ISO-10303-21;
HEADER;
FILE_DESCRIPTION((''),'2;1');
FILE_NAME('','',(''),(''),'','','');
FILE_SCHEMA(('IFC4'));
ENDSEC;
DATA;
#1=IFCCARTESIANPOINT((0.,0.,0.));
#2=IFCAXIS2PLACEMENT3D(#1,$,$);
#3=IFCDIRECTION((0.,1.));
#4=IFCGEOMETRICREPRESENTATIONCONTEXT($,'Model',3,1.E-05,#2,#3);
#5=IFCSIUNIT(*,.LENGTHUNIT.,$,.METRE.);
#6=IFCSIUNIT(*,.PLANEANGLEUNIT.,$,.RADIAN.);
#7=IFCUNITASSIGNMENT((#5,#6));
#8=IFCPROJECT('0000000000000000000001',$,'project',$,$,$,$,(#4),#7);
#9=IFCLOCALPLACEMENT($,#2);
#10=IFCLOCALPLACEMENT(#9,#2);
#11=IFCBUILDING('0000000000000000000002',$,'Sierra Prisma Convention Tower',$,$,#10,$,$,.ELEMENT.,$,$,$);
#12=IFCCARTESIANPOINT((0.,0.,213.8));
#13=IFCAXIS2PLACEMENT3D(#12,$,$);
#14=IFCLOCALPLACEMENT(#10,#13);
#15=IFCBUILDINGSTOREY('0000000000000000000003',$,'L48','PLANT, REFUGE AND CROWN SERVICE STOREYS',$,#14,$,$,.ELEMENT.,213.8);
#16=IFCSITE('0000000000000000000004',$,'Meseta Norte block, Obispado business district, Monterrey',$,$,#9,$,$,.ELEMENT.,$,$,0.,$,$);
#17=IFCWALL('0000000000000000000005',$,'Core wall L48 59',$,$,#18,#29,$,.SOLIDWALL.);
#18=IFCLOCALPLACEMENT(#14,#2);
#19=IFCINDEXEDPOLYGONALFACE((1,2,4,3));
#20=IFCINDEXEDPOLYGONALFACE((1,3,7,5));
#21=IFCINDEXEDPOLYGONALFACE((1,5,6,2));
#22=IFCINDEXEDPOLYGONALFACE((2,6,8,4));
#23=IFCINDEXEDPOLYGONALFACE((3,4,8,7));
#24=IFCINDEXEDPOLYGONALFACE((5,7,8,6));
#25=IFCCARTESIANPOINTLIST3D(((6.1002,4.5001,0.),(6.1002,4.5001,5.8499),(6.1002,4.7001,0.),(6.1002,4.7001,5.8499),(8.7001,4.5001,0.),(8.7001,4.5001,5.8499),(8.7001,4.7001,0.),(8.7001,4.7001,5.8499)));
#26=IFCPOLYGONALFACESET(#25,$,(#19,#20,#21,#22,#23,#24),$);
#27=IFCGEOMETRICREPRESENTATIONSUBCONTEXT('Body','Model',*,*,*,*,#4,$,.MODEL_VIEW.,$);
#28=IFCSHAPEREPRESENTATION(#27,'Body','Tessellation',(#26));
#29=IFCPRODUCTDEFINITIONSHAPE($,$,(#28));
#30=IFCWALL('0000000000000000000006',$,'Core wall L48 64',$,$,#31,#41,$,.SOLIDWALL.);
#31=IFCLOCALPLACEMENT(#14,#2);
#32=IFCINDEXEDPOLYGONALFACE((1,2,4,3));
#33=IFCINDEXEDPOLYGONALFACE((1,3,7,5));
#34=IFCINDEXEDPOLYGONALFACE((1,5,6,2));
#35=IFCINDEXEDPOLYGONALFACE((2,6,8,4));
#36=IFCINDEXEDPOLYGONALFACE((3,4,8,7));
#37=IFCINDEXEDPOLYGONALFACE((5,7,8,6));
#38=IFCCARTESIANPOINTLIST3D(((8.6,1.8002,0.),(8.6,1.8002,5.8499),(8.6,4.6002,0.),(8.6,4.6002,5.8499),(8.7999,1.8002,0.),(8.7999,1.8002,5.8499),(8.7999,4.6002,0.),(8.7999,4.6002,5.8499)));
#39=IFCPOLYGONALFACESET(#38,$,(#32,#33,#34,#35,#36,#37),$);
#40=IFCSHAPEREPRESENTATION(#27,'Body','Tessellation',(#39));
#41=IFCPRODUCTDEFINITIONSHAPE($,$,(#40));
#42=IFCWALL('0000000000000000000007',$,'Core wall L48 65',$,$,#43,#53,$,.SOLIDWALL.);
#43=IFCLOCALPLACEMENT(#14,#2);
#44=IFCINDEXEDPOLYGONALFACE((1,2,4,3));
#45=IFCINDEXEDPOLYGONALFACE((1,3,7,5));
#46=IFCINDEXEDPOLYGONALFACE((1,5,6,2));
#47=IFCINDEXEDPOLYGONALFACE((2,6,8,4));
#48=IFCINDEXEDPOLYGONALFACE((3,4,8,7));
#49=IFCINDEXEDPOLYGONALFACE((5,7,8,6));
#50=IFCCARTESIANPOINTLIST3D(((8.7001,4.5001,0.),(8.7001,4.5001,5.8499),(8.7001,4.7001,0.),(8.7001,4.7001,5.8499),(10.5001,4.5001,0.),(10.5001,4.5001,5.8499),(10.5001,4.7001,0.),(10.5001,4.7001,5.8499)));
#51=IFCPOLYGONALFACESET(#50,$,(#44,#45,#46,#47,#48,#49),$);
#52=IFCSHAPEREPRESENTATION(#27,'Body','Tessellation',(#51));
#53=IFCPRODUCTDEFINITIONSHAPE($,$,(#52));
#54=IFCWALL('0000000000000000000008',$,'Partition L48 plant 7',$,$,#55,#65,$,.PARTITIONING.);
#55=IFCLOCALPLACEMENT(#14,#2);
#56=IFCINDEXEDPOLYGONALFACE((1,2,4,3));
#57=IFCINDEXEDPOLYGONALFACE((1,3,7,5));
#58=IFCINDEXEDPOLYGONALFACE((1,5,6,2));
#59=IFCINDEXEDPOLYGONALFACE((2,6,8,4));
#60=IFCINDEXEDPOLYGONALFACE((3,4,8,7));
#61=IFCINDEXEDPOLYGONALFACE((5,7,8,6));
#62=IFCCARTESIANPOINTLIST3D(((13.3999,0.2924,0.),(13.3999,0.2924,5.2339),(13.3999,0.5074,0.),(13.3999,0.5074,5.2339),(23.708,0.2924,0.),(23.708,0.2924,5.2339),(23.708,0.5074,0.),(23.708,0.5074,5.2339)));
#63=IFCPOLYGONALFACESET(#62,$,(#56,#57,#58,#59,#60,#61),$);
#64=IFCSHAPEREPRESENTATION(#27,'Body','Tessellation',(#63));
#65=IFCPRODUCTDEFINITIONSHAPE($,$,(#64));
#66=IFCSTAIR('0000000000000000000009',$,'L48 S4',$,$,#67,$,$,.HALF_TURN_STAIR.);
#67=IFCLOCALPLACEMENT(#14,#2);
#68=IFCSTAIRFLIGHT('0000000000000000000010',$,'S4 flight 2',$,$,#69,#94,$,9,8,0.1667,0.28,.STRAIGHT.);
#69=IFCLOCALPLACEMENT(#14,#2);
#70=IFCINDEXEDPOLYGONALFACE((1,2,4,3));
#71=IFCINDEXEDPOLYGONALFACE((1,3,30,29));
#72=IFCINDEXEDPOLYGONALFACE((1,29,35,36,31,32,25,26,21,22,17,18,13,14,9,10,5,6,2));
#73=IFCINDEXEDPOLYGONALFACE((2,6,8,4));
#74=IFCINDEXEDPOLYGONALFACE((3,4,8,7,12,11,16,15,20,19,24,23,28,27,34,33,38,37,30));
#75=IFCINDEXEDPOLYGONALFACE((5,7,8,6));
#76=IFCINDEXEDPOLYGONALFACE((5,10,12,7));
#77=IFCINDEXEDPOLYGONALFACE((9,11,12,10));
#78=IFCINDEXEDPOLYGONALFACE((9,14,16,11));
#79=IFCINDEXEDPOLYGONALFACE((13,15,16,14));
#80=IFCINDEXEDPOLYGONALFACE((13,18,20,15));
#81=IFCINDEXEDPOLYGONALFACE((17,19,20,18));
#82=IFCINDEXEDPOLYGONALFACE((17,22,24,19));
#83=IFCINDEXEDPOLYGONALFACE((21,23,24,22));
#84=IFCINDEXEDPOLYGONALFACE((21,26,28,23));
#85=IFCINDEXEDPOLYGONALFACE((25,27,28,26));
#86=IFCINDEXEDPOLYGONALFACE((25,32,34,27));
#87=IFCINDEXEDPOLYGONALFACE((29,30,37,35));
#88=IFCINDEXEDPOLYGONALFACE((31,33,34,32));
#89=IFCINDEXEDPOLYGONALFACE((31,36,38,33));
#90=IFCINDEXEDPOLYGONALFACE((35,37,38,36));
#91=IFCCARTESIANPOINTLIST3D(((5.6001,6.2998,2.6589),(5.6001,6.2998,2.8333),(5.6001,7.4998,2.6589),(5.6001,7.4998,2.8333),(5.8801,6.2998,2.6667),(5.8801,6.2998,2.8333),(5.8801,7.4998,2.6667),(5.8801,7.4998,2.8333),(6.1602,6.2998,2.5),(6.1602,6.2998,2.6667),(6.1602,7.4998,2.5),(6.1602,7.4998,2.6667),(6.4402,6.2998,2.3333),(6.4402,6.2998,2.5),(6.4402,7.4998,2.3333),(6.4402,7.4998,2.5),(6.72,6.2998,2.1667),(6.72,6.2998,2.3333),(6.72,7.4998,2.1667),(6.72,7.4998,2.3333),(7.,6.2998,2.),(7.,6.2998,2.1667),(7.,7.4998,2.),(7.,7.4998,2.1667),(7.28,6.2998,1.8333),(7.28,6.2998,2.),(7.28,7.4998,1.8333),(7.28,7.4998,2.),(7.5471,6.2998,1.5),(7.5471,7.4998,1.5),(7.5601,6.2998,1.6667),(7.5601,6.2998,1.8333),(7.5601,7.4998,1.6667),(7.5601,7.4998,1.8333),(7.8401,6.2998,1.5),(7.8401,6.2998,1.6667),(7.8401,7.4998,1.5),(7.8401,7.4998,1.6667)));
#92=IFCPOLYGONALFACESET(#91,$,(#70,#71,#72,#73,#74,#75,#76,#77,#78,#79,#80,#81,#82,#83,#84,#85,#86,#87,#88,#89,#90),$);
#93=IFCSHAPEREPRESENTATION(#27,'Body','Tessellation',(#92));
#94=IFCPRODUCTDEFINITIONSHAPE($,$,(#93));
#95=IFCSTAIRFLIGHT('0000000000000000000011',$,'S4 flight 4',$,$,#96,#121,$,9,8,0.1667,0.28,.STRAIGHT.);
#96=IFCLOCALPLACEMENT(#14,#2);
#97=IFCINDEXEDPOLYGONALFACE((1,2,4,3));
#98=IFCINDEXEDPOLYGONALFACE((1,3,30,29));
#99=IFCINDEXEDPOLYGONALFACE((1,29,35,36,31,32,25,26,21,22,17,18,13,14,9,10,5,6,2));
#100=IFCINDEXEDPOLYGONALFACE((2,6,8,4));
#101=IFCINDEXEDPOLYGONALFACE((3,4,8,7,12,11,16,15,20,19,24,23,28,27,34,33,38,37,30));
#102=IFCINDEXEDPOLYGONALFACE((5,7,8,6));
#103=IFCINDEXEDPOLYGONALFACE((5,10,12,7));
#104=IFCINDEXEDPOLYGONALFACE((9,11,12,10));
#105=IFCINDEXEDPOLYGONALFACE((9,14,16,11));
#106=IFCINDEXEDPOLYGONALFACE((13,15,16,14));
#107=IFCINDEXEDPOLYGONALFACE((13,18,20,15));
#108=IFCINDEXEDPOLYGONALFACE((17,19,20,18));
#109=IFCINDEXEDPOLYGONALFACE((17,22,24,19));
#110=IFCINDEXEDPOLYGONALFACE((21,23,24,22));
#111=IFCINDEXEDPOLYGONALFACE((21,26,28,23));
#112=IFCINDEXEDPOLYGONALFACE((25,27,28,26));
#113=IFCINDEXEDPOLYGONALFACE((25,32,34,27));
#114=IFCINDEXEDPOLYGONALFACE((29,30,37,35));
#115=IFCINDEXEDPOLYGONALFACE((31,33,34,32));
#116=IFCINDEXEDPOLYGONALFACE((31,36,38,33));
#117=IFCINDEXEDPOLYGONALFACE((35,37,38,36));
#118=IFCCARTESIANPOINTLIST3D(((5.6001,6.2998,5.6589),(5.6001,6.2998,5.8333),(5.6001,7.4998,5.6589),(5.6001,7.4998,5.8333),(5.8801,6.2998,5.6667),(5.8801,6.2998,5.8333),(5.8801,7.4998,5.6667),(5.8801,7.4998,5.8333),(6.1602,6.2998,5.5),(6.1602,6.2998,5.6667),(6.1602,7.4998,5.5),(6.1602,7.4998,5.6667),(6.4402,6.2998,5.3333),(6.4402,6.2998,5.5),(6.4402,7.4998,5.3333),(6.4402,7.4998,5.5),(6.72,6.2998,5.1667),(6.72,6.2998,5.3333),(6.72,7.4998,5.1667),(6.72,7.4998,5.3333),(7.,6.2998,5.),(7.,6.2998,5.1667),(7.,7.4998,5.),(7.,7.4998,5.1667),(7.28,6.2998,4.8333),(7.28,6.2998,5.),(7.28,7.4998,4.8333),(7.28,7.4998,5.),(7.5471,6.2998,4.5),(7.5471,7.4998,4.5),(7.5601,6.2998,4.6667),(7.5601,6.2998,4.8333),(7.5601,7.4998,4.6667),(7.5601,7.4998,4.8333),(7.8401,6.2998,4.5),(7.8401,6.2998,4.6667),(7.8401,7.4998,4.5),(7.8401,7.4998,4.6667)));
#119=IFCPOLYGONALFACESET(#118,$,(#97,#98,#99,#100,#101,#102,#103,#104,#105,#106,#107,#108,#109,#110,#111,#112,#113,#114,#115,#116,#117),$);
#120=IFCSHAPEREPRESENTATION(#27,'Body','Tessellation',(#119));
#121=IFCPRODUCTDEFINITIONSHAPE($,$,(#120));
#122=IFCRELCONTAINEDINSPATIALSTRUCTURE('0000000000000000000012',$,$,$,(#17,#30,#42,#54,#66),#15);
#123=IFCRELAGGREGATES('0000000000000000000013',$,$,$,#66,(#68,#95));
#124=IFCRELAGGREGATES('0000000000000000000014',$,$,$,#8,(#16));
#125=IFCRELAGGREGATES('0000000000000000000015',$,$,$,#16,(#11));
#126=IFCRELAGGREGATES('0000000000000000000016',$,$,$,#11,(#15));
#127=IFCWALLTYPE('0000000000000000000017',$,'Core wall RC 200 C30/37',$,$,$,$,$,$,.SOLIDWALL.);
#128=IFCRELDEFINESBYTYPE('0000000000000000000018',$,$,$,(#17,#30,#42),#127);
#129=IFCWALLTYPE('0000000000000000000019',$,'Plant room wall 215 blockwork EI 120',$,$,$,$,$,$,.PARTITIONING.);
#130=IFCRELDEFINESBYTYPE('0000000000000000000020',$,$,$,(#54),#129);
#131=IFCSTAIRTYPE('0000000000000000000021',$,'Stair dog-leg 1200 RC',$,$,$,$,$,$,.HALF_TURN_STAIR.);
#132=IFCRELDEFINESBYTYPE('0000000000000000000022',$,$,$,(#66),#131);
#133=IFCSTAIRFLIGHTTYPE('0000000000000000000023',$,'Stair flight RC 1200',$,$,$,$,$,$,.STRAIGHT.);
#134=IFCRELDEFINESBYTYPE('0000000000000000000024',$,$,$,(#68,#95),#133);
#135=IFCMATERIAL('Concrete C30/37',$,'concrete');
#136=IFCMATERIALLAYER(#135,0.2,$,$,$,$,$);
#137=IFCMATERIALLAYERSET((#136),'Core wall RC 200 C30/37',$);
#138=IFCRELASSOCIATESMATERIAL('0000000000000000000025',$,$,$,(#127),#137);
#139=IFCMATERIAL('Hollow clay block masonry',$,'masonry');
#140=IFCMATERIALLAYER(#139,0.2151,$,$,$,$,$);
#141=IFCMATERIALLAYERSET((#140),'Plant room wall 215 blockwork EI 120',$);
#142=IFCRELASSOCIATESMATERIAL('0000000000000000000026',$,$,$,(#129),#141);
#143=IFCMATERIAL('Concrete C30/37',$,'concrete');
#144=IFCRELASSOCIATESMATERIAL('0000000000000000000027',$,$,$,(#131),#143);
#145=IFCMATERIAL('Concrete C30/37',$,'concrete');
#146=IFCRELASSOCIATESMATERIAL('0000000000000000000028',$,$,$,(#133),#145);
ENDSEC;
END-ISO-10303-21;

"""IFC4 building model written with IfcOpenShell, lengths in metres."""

from ifc_helpers import new_model, si_unit, direction, frame, frame_2d, origin, place, context, subcontext, project, spatial, polyline, rectangle, outline, extrude, material, layer, layer_set, type_object, element, aggregate, save


model = new_model("IFC4")

# Units and contexts
model_context = context("Model", 3, precision=1e-05, world=origin(), true_north=direction((0.0, 1.0)))
body_context = subcontext(model_context, "Body", "Model", "MODEL_VIEW")
ifc_project = project(units=[si_unit("LENGTHUNIT", "METRE"), si_unit("PLANEANGLEUNIT", "RADIAN")], contexts=[model_context])

# Site, building, storey
site_placement = place(None, origin())
site = spatial("IfcSite", under=ifc_project, at=site_placement, Name="Meseta Norte block, Obispado business district, Monterrey", CompositionType="ELEMENT", RefElevation=0.0)
building_placement = place(site_placement, origin())
building = spatial("IfcBuilding", under=site, at=building_placement, Name="Sierra Prisma Convention Tower", CompositionType="ELEMENT")
storey_placement = place(building_placement, frame((0.0, 0.0, 213.8)))
storey = spatial("IfcBuildingStorey", under=building, at=storey_placement, Name="L48", Description="PLANT, REFUGE AND CROWN SERVICE STOREYS", CompositionType="ELEMENT", Elevation=213.8)

# Wall
ifc_material_1 = material(Name="Concrete C30/37", Category="concrete")
ifc_layer_1 = layer(ifc_material_1, 0.2)
ifc_layer_set_1 = layer_set([ifc_layer_1], Name="Core wall RC 200 C30/37")
wall_type_1 = type_object("IfcWallType", Name="Core wall RC 200 C30/37", PredefinedType="SOLIDWALL", material=ifc_layer_set_1)
wall_1_placement = place(storey_placement, frame((8.7, 4.6001, 0.0), z_axis=(0.0, 0.0, 1.0), x_axis=(-1.0, 0.0, 0.0)))
element("IfcWall", 1, at=wall_1_placement, inside=storey, type_object=wall_type_1, Name="Core wall L48 59", PredefinedType="SOLIDWALL", context=body_context, shape_type="SweptSolid", body=[
    extrude(rectangle(XDim=2.5999, YDim=0.2, at=frame_2d((1.2998, 0.0))), origin(), (0.0, 0.0, 1.0), 5.8499),
])

# Walls
wall_2_placement = place(storey_placement, frame((8.7, 4.6001, 0.0), z_axis=(0.0, 0.0, 1.0), x_axis=(0.0, -1.0, 0.0)))
element("IfcWall", 2, at=wall_2_placement, inside=storey, type_object=wall_type_1, Name="Core wall L48 64", PredefinedType="SOLIDWALL", context=body_context, shape_type="SweptSolid", body=[
    extrude(rectangle(XDim=2.8, YDim=0.2, at=frame_2d((1.3999, 0.0))), origin(), (0.0, 0.0, 1.0), 5.8499),
])
wall_3_placement = place(storey_placement, frame((10.5, 4.6001, 0.0), z_axis=(0.0, 0.0, 1.0), x_axis=(-1.0, 0.0, 0.0)))
element("IfcWall", 3, at=wall_3_placement, inside=storey, type_object=wall_type_1, Name="Core wall L48 65", PredefinedType="SOLIDWALL", context=body_context, shape_type="SweptSolid", body=[
    extrude(rectangle(XDim=1.8, YDim=0.2, at=frame_2d((0.8999, 0.0))), origin(), (0.0, 0.0, 1.0), 5.8499),
])
ifc_material_2 = material(Name="Hollow clay block masonry", Category="masonry")
ifc_layer_2 = layer(ifc_material_2, 0.2151)
ifc_layer_set_2 = layer_set([ifc_layer_2], Name="Plant room wall 215 blockwork EI 120")
wall_type_2 = type_object("IfcWallType", Name="Plant room wall 215 blockwork EI 120", PredefinedType="PARTITIONING", material=ifc_layer_set_2)
wall_4_placement = place(storey_placement, frame((23.708, 0.3999, 0.0), z_axis=(0.0, 0.0, 1.0), x_axis=(-1.0, 0.0, 0.0)))
element("IfcWall", 4, at=wall_4_placement, inside=storey, type_object=wall_type_2, Name="Partition L48 plant 7", PredefinedType="PARTITIONING", context=body_context, shape_type="SweptSolid", body=[
    extrude(rectangle(XDim=10.3081, YDim=0.2151, at=frame_2d((5.1541, 0.0))), origin(), (0.0, 0.0, 1.0), 5.2339),
])

# Stair, stair flights
ifc_material_3 = material(Name="Concrete C30/37", Category="concrete")
stair_type = type_object("IfcStairType", Name="Stair dog-leg 1200 RC", PredefinedType="HALF_TURN_STAIR", material=ifc_material_3)
stair_placement = place(storey_placement, origin())
stair = element("IfcStair", 5, at=stair_placement, inside=storey, type_object=stair_type, Name="L48 S4", PredefinedType="HALF_TURN_STAIR")
ifc_material_4 = material(Name="Concrete C30/37", Category="concrete")
stair_flight_type = type_object("IfcStairFlightType", Name="Stair flight RC 1200", PredefinedType="STRAIGHT", material=ifc_material_4)
stair_flight_1_placement = place(storey_placement, frame((7.8401, 6.8999, 1.5), z_axis=(0.0, 0.0, 1.0), x_axis=(-1.0, 0.0, 0.0)))
stair_flight_1 = element("IfcStairFlight", 6, at=stair_flight_1_placement, type_object=stair_flight_type, Name="S4 flight 2", NumberOfRisers=9, NumberOfTreads=8, PredefinedType="STRAIGHT", RiserHeight=0.1667, TreadLength=0.28, context=body_context, shape_type="SweptSolid", body=[
    extrude(outline(polyline([(0.0, 0.0), (0.0, 0.1667), (0.28, 0.1667), (0.28, 0.3333), (0.5601, 0.3333), (0.5601, 0.5), (0.8401, 0.5), (0.8401, 0.6667), (1.1201, 0.6667), (1.1201, 0.8333), (1.3999, 0.8333), (1.3999, 1.0), (1.6799, 1.0), (1.6799, 1.1667), (1.96, 1.1667), (1.96, 1.3333), (2.24, 1.3333), (2.24, 1.5), (2.24, 1.1589), (0.293, 0.0), (0.0, 0.0)])), frame((0.0, 0.6001, 0.0), z_axis=(0.0, -1.0, 0.0), x_axis=(1.0, 0.0, 0.0)), (0.0, 0.0, 1.0), 1.2),
])
stair_flight_2_placement = place(storey_placement, frame((7.8401, 6.8999, 4.5), z_axis=(0.0, 0.0, 1.0), x_axis=(-1.0, 0.0, 0.0)))
stair_flight_2 = element("IfcStairFlight", 7, at=stair_flight_2_placement, type_object=stair_flight_type, Name="S4 flight 4", NumberOfRisers=9, NumberOfTreads=8, PredefinedType="STRAIGHT", RiserHeight=0.1667, TreadLength=0.28, context=body_context, shape_type="SweptSolid", body=[
    extrude(outline(polyline([(0.0, 0.0), (0.0, 0.1667), (0.28, 0.1667), (0.28, 0.3333), (0.5601, 0.3333), (0.5601, 0.5), (0.8401, 0.5), (0.8401, 0.6667), (1.1201, 0.6667), (1.1201, 0.8333), (1.3999, 0.8333), (1.3999, 1.0), (1.6799, 1.0), (1.6799, 1.1667), (1.96, 1.1667), (1.96, 1.3333), (2.24, 1.3333), (2.24, 1.5), (2.24, 1.1589), (0.293, 0.0), (0.0, 0.0)])), frame((0.0, 0.6001, 0.0), z_axis=(0.0, -1.0, 0.0), x_axis=(1.0, 0.0, 0.0)), (0.0, 0.0, 1.0), 1.2),
])
aggregate(stair, [stair_flight_1, stair_flight_2])

save(model, "model.ifc")
